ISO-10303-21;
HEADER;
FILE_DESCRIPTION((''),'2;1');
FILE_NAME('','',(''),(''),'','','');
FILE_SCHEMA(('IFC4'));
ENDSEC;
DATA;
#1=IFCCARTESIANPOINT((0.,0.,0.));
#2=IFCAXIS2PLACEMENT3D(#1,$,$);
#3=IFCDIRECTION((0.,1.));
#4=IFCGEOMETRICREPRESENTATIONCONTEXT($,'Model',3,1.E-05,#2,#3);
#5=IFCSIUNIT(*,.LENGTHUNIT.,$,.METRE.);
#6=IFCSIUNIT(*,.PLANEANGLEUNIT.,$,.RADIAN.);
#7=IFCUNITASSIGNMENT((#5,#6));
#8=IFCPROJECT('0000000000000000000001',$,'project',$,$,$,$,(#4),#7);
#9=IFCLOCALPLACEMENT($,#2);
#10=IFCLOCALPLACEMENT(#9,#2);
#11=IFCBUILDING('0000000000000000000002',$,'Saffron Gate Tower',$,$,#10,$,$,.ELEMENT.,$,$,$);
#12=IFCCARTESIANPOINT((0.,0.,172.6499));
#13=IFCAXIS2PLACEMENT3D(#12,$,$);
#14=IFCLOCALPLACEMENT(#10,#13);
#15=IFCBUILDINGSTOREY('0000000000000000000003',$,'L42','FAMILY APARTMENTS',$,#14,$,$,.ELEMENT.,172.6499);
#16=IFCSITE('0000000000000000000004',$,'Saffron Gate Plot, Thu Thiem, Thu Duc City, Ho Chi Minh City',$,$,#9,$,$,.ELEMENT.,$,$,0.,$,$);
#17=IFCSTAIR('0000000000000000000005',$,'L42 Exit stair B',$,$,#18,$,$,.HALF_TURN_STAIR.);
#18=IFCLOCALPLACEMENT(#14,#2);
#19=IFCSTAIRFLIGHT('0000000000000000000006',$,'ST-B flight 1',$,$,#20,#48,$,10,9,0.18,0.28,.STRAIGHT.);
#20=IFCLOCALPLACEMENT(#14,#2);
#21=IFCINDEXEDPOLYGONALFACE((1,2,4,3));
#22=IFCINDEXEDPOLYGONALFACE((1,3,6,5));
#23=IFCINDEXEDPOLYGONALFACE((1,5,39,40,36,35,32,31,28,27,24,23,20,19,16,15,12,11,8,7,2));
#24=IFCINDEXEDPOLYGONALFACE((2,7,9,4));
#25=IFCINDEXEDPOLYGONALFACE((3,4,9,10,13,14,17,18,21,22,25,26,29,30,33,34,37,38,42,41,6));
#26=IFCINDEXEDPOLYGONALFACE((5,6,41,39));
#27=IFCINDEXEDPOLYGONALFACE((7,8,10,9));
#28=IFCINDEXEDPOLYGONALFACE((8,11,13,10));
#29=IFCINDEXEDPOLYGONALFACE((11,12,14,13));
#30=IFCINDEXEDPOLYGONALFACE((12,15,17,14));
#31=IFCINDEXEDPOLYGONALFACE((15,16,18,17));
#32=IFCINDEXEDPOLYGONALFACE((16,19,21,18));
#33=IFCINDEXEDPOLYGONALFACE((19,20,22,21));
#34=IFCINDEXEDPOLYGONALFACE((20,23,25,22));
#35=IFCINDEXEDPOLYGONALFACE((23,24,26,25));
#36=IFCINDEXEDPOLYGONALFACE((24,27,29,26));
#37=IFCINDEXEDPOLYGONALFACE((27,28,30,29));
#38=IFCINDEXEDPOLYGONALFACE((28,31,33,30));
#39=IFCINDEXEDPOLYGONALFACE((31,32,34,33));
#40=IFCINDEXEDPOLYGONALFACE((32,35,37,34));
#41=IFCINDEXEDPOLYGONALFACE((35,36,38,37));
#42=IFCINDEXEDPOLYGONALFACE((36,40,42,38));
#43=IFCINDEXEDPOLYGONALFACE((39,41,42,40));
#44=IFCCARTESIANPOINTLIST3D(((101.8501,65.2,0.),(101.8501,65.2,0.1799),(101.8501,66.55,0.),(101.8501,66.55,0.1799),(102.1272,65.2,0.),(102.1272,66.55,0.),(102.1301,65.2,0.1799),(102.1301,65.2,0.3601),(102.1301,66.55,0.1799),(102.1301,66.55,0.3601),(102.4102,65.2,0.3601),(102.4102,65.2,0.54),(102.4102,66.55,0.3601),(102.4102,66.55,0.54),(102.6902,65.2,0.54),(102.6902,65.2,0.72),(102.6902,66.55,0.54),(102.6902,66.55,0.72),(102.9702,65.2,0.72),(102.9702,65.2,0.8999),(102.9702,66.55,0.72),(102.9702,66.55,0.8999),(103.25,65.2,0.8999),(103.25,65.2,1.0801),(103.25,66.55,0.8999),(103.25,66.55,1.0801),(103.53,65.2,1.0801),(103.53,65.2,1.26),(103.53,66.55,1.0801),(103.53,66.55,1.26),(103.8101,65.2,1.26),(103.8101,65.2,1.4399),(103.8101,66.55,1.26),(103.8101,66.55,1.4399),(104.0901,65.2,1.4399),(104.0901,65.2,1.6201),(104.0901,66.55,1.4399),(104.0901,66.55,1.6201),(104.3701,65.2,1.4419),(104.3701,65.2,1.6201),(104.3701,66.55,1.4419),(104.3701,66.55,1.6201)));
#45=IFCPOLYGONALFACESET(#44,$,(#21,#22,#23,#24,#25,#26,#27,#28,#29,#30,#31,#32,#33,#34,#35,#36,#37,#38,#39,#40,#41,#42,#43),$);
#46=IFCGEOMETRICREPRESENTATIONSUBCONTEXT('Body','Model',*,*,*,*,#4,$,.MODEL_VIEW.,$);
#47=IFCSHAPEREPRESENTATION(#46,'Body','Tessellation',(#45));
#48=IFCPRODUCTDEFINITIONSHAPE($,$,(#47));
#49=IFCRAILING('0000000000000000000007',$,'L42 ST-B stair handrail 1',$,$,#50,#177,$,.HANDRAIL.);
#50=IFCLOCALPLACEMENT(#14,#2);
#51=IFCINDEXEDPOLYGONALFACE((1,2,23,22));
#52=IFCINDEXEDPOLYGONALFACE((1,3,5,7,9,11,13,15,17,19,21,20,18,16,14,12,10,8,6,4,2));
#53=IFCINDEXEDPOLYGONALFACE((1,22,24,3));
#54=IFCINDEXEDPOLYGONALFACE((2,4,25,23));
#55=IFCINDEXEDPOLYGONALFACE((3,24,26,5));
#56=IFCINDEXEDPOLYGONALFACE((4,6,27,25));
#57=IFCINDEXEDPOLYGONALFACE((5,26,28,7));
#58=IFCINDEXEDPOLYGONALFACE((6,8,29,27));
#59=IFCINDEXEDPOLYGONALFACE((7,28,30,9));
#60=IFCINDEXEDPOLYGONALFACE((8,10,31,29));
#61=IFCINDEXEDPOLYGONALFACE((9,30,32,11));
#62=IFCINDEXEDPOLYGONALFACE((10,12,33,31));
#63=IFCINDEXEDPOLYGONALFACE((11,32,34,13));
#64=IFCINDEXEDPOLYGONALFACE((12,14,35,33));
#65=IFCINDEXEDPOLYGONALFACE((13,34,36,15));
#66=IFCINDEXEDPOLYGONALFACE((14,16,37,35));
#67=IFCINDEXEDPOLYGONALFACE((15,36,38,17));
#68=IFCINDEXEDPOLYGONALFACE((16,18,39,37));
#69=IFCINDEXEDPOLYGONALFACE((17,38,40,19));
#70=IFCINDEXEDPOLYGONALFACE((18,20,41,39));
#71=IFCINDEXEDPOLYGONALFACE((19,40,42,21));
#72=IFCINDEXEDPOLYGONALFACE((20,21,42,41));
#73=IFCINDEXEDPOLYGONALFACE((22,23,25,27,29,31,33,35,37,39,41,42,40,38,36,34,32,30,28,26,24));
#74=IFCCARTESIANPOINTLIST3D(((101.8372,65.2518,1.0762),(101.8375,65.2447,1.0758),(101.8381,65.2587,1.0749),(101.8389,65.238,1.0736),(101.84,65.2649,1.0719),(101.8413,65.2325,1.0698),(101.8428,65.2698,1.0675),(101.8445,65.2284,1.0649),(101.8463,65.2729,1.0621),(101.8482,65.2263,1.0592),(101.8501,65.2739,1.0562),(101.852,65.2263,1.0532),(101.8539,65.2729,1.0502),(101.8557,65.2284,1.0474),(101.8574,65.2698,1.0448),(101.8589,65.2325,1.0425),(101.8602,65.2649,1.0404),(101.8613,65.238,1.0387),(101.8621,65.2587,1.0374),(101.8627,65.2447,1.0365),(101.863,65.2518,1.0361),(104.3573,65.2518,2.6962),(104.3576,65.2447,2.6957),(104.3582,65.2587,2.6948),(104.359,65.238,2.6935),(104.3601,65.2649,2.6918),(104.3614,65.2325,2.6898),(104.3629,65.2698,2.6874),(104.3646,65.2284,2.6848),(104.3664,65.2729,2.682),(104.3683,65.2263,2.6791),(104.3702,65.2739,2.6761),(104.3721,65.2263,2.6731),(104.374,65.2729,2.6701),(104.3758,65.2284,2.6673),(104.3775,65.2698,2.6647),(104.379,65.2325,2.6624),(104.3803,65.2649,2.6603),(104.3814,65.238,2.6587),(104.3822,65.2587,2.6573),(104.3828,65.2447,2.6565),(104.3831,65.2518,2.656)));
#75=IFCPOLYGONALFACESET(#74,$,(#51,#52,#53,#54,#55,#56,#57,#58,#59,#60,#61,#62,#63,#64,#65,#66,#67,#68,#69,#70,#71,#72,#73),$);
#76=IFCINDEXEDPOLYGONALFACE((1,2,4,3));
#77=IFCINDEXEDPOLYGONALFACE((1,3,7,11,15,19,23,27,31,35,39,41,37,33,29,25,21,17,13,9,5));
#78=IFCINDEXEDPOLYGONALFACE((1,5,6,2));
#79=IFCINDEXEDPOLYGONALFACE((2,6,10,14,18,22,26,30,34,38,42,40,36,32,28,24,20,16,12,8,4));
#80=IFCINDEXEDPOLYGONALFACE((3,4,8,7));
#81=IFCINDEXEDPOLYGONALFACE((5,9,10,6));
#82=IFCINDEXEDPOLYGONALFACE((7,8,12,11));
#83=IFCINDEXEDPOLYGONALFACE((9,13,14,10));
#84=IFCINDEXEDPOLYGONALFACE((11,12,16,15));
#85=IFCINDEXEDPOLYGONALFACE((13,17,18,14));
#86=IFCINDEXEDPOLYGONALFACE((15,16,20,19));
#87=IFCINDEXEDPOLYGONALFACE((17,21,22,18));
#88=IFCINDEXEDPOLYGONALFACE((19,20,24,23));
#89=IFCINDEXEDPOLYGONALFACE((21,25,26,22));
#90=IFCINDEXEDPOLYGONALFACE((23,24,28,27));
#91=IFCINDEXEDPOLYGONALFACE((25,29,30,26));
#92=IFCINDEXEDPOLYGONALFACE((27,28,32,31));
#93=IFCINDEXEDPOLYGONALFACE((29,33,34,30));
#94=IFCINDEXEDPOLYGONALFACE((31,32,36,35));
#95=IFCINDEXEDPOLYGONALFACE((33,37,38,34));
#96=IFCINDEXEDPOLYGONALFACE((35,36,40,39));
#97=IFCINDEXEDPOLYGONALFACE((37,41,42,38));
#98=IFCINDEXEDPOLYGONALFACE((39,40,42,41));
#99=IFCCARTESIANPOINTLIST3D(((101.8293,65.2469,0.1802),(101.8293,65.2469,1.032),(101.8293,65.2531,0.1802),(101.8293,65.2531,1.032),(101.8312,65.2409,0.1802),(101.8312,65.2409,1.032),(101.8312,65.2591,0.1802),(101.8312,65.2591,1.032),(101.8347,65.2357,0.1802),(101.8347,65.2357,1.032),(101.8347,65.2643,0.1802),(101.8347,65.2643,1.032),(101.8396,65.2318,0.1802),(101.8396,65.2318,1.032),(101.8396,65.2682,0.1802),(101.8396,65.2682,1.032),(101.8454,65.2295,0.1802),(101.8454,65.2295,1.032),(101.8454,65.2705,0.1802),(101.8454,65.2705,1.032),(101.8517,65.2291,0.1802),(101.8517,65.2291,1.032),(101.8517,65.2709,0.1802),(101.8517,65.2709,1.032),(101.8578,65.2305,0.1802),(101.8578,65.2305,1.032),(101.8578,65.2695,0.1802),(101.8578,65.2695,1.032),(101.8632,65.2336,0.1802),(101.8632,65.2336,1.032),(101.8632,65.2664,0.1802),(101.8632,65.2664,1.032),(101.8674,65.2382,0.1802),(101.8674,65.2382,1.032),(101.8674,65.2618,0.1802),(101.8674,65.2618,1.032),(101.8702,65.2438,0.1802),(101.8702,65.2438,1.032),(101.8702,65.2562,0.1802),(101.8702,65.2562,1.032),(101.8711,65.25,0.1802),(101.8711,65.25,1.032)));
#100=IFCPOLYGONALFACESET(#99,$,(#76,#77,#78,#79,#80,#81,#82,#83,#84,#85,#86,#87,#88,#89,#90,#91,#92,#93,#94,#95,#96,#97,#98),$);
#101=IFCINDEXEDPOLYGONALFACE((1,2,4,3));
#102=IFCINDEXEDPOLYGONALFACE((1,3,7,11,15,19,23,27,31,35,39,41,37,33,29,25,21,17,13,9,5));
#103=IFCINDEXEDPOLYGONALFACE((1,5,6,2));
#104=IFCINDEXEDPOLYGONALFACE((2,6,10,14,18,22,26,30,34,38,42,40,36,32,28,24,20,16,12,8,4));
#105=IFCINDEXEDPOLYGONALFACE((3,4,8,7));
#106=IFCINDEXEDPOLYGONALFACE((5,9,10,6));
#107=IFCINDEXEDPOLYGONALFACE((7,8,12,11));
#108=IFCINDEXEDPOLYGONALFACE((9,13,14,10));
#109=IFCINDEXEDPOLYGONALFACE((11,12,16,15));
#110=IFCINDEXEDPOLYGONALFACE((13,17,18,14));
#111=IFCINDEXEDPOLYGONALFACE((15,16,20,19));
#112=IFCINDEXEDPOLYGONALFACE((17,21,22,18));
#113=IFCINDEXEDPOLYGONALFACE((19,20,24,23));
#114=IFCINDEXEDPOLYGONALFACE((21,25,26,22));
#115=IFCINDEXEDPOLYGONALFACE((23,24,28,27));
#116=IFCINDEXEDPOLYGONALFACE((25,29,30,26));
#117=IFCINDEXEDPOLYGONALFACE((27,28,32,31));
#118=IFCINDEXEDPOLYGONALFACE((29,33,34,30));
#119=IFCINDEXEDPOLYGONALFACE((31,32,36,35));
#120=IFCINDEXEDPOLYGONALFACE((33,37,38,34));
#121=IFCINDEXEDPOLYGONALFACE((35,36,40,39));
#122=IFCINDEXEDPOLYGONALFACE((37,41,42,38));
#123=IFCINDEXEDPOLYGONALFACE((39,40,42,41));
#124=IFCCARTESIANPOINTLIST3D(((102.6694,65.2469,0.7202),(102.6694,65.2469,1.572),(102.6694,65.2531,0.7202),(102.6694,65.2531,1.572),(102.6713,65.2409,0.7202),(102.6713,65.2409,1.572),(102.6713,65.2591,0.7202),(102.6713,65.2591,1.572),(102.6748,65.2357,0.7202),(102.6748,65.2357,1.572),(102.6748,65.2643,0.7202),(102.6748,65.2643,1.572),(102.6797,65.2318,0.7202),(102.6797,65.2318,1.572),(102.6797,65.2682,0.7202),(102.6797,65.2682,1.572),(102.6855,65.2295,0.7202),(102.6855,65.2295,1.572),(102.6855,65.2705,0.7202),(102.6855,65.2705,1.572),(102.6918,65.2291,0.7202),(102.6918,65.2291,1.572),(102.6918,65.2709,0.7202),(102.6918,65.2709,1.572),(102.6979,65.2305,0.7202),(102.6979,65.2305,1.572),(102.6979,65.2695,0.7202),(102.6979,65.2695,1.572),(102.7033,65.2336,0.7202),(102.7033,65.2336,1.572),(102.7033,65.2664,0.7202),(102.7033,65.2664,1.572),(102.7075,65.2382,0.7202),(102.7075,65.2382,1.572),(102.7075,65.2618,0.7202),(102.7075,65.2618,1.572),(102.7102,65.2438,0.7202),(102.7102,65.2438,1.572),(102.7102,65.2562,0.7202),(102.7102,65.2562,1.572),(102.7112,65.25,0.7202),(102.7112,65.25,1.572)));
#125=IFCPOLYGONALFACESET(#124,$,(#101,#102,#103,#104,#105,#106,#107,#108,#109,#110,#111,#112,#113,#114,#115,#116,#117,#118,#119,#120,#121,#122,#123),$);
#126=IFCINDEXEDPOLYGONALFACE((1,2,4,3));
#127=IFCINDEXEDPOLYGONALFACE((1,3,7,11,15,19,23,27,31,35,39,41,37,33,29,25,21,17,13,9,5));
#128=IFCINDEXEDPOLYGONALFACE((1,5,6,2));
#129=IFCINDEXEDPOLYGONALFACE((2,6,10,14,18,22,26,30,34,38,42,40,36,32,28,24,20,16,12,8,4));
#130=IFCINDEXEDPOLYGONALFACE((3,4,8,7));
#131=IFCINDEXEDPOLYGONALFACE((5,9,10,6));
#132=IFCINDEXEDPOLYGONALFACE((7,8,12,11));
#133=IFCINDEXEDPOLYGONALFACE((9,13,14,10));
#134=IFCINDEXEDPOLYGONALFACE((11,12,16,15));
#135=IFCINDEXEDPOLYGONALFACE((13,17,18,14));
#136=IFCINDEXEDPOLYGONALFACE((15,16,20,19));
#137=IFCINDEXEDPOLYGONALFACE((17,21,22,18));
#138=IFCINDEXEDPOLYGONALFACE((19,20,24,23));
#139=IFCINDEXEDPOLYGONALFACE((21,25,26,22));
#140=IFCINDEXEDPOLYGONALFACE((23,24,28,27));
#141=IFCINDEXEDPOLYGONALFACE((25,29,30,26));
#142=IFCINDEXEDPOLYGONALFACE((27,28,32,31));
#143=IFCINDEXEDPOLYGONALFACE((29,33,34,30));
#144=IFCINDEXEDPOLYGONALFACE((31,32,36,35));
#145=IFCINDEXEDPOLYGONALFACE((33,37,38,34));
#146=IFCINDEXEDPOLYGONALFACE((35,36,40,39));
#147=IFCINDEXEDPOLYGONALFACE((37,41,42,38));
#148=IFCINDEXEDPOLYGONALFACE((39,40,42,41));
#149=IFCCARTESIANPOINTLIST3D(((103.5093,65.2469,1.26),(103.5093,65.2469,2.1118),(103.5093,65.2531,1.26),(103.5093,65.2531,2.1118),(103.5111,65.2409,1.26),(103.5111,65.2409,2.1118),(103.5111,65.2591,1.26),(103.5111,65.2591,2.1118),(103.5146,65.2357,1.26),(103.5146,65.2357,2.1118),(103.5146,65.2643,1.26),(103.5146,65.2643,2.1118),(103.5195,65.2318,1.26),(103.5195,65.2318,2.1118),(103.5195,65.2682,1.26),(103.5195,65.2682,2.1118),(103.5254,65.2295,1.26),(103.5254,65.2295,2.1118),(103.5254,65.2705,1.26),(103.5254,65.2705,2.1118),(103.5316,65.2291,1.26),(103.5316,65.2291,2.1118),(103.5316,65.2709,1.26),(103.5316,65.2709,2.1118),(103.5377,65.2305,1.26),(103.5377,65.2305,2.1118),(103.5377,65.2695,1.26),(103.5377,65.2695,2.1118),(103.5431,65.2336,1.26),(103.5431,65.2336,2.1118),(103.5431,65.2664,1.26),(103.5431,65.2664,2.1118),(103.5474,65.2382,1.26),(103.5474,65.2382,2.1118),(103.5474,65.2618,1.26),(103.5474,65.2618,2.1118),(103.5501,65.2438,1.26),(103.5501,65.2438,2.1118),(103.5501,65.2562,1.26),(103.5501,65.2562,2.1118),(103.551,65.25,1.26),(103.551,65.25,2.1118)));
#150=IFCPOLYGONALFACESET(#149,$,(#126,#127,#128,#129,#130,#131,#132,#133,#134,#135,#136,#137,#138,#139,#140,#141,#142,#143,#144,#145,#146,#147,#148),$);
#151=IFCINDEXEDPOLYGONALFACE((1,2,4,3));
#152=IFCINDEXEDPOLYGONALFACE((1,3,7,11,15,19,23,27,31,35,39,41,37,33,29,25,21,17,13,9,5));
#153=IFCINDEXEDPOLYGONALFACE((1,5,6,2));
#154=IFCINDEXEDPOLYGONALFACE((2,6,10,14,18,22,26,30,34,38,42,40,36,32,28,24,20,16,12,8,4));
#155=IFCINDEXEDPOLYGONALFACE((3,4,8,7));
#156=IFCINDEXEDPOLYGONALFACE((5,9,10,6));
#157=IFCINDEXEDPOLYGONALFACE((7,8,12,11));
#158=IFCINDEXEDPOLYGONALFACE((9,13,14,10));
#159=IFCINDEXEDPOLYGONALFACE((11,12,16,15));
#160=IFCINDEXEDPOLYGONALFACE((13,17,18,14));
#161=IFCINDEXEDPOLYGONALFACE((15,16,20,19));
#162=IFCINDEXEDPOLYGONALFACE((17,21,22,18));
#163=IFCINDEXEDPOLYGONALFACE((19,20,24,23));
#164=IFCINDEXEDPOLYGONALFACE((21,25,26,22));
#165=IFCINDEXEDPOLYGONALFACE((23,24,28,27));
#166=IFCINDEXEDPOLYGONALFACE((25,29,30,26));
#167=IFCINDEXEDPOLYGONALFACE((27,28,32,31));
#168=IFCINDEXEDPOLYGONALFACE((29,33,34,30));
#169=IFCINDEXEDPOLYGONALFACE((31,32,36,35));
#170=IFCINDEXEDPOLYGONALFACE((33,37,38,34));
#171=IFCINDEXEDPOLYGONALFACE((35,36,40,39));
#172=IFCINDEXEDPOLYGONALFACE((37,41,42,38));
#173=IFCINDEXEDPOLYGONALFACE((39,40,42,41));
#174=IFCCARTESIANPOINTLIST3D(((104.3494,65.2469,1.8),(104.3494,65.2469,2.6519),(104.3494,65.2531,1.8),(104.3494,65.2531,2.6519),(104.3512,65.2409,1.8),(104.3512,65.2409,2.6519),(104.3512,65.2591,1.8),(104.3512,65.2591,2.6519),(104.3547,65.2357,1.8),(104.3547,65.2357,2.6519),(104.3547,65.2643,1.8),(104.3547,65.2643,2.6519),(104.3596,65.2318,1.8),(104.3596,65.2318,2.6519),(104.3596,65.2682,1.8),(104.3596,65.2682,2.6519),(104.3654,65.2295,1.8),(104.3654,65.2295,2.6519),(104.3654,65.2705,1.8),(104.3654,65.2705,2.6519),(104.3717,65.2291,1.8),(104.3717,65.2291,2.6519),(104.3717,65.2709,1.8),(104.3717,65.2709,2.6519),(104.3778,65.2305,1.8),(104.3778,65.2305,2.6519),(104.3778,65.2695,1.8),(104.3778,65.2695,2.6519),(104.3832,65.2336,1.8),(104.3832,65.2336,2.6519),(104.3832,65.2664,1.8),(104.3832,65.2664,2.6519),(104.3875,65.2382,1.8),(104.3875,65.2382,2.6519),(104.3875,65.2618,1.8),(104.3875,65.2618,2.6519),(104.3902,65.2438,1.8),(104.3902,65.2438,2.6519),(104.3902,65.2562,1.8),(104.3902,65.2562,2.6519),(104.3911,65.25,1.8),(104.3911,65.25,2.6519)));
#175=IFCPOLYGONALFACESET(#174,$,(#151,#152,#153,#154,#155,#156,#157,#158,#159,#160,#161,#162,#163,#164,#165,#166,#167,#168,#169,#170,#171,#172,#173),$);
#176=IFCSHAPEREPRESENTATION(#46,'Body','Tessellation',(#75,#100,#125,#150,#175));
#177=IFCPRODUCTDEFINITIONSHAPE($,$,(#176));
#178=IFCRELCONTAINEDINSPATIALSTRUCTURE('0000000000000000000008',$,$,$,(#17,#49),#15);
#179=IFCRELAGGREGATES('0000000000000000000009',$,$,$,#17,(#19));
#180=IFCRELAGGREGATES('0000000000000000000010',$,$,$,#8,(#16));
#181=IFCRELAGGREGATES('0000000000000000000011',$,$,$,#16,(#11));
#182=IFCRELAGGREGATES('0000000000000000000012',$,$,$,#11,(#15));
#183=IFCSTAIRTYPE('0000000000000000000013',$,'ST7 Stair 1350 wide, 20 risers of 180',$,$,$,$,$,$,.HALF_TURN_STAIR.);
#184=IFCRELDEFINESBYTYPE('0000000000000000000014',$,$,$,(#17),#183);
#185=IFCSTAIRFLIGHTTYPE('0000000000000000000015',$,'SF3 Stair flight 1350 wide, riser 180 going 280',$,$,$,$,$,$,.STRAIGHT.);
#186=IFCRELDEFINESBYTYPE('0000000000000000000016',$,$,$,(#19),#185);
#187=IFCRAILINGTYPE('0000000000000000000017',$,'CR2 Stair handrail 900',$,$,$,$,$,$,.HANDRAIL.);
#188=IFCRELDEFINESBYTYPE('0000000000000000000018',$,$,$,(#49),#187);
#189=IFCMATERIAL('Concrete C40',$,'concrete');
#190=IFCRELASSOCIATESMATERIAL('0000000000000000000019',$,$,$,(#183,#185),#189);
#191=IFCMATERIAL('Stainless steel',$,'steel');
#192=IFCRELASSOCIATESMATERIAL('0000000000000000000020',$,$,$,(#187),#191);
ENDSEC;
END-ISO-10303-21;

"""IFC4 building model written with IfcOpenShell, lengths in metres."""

from ifc_helpers import new_model, si_unit, direction, frame, origin, origin_2d, place, context, subcontext, project, spatial, polyline, circle, outline, extrude, material, type_object, element, aggregate, save


model = new_model("IFC4")

# Units and contexts
model_context = context("Model", 3, precision=1e-05, world=origin(), true_north=direction((0.0, 1.0)))
body_context = subcontext(model_context, "Body", "Model", "MODEL_VIEW")
ifc_project = project(units=[si_unit("LENGTHUNIT", "METRE"), si_unit("PLANEANGLEUNIT", "RADIAN")], contexts=[model_context])

# Site, building, storey
site_placement = place(None, origin())
site = spatial("IfcSite", under=ifc_project, at=site_placement, Name="Saffron Gate Plot, Thu Thiem, Thu Duc City, Ho Chi Minh City", CompositionType="ELEMENT", RefElevation=0.0)
building_placement = place(site_placement, origin())
building = spatial("IfcBuilding", under=site, at=building_placement, Name="Saffron Gate Tower", CompositionType="ELEMENT")
storey_placement = place(building_placement, frame((0.0, 0.0, 172.6499)))
storey = spatial("IfcBuildingStorey", under=building, at=storey_placement, Name="L42", Description="FAMILY APARTMENTS", CompositionType="ELEMENT", Elevation=172.6499)

# Stair, stair flight
ifc_material_1 = material(Name="Concrete C40", Category="concrete")
stair_type = type_object("IfcStairType", Name="ST7 Stair 1350 wide, 20 risers of 180", PredefinedType="HALF_TURN_STAIR", material=ifc_material_1)
stair_placement = place(storey_placement, origin())
stair = element("IfcStair", 1, at=stair_placement, inside=storey, type_object=stair_type, Name="L42 Exit stair B", PredefinedType="HALF_TURN_STAIR")
stair_flight_type = type_object("IfcStairFlightType", Name="SF3 Stair flight 1350 wide, riser 180 going 280", PredefinedType="STRAIGHT", material=ifc_material_1)
stair_flight_placement = place(storey_placement, frame((101.8501, 65.875, 0.0), z_axis=(0.0, 0.0, 1.0), x_axis=(1.0, 0.0, 0.0)))
stair_flight = element("IfcStairFlight", 2, at=stair_flight_placement, type_object=stair_flight_type, Name="ST-B flight 1", NumberOfRisers=10, NumberOfTreads=9, PredefinedType="STRAIGHT", RiserHeight=0.18, TreadLength=0.28, context=body_context, shape_type="SweptSolid", body=[
    extrude(outline(polyline([(0.0, 0.0), (0.0, 0.1799), (0.28, 0.1799), (0.28, 0.3601), (0.5601, 0.3601), (0.5601, 0.54), (0.8401, 0.54), (0.8401, 0.72), (1.1201, 0.72), (1.1201, 0.8999), (1.3999, 0.8999), (1.3999, 1.0801), (1.6799, 1.0801), (1.6799, 1.26), (1.96, 1.26), (1.96, 1.4399), (2.24, 1.4399), (2.24, 1.6201), (2.52, 1.6201), (2.52, 1.8), (2.52, 1.4419), (0.2771, 0.0), (0.0, 0.0)])), frame((0.0, 0.675, 0.0), z_axis=(0.0, -1.0, 0.0), x_axis=(1.0, 0.0, 0.0)), (0.0, 0.0, 1.0), 1.3501),
])
aggregate(stair, [stair_flight])

# Railing
ifc_material_2 = material(Name="Stainless steel", Category="steel")
railing_type_1 = type_object("IfcRailingType", Name="CR2 Stair handrail 900", PredefinedType="HANDRAIL", material=ifc_material_2)
railing_1_placement = place(storey_placement, frame((101.8501, 65.25, 0.1802)))
element("IfcRailing", 3, at=railing_1_placement, inside=storey, type_object=railing_type_1, Name="L42 ST-B stair handrail 1", PredefinedType="HANDRAIL", context=body_context, shape_type="SweptSolid", body=[
    extrude(circle(Radius=0.0239, at=origin_2d()), frame((0.0, 0.0, 0.876), z_axis=(0.8412, 0.0, 0.540725), x_axis=(0.0, 1.0, 0.0)), (0.0, 0.0, 1.0), 2.9958),
    extrude(circle(Radius=0.021, at=origin_2d()), origin(), (0.0, 0.0, 1.0), 0.8518),
    extrude(circle(Radius=0.021, at=origin_2d()), frame((0.8401, 0.0, 0.54)), (0.0, 0.0, 1.0), 0.8518),
    extrude(circle(Radius=0.021, at=origin_2d()), frame((1.6799, 0.0, 1.0798)), (0.0, 0.0, 1.0), 0.8518),
    extrude(circle(Radius=0.021, at=origin_2d()), frame((2.52, 0.0, 1.6199)), (0.0, 0.0, 1.0), 0.8518),
])

save(model, "model.ifc")
